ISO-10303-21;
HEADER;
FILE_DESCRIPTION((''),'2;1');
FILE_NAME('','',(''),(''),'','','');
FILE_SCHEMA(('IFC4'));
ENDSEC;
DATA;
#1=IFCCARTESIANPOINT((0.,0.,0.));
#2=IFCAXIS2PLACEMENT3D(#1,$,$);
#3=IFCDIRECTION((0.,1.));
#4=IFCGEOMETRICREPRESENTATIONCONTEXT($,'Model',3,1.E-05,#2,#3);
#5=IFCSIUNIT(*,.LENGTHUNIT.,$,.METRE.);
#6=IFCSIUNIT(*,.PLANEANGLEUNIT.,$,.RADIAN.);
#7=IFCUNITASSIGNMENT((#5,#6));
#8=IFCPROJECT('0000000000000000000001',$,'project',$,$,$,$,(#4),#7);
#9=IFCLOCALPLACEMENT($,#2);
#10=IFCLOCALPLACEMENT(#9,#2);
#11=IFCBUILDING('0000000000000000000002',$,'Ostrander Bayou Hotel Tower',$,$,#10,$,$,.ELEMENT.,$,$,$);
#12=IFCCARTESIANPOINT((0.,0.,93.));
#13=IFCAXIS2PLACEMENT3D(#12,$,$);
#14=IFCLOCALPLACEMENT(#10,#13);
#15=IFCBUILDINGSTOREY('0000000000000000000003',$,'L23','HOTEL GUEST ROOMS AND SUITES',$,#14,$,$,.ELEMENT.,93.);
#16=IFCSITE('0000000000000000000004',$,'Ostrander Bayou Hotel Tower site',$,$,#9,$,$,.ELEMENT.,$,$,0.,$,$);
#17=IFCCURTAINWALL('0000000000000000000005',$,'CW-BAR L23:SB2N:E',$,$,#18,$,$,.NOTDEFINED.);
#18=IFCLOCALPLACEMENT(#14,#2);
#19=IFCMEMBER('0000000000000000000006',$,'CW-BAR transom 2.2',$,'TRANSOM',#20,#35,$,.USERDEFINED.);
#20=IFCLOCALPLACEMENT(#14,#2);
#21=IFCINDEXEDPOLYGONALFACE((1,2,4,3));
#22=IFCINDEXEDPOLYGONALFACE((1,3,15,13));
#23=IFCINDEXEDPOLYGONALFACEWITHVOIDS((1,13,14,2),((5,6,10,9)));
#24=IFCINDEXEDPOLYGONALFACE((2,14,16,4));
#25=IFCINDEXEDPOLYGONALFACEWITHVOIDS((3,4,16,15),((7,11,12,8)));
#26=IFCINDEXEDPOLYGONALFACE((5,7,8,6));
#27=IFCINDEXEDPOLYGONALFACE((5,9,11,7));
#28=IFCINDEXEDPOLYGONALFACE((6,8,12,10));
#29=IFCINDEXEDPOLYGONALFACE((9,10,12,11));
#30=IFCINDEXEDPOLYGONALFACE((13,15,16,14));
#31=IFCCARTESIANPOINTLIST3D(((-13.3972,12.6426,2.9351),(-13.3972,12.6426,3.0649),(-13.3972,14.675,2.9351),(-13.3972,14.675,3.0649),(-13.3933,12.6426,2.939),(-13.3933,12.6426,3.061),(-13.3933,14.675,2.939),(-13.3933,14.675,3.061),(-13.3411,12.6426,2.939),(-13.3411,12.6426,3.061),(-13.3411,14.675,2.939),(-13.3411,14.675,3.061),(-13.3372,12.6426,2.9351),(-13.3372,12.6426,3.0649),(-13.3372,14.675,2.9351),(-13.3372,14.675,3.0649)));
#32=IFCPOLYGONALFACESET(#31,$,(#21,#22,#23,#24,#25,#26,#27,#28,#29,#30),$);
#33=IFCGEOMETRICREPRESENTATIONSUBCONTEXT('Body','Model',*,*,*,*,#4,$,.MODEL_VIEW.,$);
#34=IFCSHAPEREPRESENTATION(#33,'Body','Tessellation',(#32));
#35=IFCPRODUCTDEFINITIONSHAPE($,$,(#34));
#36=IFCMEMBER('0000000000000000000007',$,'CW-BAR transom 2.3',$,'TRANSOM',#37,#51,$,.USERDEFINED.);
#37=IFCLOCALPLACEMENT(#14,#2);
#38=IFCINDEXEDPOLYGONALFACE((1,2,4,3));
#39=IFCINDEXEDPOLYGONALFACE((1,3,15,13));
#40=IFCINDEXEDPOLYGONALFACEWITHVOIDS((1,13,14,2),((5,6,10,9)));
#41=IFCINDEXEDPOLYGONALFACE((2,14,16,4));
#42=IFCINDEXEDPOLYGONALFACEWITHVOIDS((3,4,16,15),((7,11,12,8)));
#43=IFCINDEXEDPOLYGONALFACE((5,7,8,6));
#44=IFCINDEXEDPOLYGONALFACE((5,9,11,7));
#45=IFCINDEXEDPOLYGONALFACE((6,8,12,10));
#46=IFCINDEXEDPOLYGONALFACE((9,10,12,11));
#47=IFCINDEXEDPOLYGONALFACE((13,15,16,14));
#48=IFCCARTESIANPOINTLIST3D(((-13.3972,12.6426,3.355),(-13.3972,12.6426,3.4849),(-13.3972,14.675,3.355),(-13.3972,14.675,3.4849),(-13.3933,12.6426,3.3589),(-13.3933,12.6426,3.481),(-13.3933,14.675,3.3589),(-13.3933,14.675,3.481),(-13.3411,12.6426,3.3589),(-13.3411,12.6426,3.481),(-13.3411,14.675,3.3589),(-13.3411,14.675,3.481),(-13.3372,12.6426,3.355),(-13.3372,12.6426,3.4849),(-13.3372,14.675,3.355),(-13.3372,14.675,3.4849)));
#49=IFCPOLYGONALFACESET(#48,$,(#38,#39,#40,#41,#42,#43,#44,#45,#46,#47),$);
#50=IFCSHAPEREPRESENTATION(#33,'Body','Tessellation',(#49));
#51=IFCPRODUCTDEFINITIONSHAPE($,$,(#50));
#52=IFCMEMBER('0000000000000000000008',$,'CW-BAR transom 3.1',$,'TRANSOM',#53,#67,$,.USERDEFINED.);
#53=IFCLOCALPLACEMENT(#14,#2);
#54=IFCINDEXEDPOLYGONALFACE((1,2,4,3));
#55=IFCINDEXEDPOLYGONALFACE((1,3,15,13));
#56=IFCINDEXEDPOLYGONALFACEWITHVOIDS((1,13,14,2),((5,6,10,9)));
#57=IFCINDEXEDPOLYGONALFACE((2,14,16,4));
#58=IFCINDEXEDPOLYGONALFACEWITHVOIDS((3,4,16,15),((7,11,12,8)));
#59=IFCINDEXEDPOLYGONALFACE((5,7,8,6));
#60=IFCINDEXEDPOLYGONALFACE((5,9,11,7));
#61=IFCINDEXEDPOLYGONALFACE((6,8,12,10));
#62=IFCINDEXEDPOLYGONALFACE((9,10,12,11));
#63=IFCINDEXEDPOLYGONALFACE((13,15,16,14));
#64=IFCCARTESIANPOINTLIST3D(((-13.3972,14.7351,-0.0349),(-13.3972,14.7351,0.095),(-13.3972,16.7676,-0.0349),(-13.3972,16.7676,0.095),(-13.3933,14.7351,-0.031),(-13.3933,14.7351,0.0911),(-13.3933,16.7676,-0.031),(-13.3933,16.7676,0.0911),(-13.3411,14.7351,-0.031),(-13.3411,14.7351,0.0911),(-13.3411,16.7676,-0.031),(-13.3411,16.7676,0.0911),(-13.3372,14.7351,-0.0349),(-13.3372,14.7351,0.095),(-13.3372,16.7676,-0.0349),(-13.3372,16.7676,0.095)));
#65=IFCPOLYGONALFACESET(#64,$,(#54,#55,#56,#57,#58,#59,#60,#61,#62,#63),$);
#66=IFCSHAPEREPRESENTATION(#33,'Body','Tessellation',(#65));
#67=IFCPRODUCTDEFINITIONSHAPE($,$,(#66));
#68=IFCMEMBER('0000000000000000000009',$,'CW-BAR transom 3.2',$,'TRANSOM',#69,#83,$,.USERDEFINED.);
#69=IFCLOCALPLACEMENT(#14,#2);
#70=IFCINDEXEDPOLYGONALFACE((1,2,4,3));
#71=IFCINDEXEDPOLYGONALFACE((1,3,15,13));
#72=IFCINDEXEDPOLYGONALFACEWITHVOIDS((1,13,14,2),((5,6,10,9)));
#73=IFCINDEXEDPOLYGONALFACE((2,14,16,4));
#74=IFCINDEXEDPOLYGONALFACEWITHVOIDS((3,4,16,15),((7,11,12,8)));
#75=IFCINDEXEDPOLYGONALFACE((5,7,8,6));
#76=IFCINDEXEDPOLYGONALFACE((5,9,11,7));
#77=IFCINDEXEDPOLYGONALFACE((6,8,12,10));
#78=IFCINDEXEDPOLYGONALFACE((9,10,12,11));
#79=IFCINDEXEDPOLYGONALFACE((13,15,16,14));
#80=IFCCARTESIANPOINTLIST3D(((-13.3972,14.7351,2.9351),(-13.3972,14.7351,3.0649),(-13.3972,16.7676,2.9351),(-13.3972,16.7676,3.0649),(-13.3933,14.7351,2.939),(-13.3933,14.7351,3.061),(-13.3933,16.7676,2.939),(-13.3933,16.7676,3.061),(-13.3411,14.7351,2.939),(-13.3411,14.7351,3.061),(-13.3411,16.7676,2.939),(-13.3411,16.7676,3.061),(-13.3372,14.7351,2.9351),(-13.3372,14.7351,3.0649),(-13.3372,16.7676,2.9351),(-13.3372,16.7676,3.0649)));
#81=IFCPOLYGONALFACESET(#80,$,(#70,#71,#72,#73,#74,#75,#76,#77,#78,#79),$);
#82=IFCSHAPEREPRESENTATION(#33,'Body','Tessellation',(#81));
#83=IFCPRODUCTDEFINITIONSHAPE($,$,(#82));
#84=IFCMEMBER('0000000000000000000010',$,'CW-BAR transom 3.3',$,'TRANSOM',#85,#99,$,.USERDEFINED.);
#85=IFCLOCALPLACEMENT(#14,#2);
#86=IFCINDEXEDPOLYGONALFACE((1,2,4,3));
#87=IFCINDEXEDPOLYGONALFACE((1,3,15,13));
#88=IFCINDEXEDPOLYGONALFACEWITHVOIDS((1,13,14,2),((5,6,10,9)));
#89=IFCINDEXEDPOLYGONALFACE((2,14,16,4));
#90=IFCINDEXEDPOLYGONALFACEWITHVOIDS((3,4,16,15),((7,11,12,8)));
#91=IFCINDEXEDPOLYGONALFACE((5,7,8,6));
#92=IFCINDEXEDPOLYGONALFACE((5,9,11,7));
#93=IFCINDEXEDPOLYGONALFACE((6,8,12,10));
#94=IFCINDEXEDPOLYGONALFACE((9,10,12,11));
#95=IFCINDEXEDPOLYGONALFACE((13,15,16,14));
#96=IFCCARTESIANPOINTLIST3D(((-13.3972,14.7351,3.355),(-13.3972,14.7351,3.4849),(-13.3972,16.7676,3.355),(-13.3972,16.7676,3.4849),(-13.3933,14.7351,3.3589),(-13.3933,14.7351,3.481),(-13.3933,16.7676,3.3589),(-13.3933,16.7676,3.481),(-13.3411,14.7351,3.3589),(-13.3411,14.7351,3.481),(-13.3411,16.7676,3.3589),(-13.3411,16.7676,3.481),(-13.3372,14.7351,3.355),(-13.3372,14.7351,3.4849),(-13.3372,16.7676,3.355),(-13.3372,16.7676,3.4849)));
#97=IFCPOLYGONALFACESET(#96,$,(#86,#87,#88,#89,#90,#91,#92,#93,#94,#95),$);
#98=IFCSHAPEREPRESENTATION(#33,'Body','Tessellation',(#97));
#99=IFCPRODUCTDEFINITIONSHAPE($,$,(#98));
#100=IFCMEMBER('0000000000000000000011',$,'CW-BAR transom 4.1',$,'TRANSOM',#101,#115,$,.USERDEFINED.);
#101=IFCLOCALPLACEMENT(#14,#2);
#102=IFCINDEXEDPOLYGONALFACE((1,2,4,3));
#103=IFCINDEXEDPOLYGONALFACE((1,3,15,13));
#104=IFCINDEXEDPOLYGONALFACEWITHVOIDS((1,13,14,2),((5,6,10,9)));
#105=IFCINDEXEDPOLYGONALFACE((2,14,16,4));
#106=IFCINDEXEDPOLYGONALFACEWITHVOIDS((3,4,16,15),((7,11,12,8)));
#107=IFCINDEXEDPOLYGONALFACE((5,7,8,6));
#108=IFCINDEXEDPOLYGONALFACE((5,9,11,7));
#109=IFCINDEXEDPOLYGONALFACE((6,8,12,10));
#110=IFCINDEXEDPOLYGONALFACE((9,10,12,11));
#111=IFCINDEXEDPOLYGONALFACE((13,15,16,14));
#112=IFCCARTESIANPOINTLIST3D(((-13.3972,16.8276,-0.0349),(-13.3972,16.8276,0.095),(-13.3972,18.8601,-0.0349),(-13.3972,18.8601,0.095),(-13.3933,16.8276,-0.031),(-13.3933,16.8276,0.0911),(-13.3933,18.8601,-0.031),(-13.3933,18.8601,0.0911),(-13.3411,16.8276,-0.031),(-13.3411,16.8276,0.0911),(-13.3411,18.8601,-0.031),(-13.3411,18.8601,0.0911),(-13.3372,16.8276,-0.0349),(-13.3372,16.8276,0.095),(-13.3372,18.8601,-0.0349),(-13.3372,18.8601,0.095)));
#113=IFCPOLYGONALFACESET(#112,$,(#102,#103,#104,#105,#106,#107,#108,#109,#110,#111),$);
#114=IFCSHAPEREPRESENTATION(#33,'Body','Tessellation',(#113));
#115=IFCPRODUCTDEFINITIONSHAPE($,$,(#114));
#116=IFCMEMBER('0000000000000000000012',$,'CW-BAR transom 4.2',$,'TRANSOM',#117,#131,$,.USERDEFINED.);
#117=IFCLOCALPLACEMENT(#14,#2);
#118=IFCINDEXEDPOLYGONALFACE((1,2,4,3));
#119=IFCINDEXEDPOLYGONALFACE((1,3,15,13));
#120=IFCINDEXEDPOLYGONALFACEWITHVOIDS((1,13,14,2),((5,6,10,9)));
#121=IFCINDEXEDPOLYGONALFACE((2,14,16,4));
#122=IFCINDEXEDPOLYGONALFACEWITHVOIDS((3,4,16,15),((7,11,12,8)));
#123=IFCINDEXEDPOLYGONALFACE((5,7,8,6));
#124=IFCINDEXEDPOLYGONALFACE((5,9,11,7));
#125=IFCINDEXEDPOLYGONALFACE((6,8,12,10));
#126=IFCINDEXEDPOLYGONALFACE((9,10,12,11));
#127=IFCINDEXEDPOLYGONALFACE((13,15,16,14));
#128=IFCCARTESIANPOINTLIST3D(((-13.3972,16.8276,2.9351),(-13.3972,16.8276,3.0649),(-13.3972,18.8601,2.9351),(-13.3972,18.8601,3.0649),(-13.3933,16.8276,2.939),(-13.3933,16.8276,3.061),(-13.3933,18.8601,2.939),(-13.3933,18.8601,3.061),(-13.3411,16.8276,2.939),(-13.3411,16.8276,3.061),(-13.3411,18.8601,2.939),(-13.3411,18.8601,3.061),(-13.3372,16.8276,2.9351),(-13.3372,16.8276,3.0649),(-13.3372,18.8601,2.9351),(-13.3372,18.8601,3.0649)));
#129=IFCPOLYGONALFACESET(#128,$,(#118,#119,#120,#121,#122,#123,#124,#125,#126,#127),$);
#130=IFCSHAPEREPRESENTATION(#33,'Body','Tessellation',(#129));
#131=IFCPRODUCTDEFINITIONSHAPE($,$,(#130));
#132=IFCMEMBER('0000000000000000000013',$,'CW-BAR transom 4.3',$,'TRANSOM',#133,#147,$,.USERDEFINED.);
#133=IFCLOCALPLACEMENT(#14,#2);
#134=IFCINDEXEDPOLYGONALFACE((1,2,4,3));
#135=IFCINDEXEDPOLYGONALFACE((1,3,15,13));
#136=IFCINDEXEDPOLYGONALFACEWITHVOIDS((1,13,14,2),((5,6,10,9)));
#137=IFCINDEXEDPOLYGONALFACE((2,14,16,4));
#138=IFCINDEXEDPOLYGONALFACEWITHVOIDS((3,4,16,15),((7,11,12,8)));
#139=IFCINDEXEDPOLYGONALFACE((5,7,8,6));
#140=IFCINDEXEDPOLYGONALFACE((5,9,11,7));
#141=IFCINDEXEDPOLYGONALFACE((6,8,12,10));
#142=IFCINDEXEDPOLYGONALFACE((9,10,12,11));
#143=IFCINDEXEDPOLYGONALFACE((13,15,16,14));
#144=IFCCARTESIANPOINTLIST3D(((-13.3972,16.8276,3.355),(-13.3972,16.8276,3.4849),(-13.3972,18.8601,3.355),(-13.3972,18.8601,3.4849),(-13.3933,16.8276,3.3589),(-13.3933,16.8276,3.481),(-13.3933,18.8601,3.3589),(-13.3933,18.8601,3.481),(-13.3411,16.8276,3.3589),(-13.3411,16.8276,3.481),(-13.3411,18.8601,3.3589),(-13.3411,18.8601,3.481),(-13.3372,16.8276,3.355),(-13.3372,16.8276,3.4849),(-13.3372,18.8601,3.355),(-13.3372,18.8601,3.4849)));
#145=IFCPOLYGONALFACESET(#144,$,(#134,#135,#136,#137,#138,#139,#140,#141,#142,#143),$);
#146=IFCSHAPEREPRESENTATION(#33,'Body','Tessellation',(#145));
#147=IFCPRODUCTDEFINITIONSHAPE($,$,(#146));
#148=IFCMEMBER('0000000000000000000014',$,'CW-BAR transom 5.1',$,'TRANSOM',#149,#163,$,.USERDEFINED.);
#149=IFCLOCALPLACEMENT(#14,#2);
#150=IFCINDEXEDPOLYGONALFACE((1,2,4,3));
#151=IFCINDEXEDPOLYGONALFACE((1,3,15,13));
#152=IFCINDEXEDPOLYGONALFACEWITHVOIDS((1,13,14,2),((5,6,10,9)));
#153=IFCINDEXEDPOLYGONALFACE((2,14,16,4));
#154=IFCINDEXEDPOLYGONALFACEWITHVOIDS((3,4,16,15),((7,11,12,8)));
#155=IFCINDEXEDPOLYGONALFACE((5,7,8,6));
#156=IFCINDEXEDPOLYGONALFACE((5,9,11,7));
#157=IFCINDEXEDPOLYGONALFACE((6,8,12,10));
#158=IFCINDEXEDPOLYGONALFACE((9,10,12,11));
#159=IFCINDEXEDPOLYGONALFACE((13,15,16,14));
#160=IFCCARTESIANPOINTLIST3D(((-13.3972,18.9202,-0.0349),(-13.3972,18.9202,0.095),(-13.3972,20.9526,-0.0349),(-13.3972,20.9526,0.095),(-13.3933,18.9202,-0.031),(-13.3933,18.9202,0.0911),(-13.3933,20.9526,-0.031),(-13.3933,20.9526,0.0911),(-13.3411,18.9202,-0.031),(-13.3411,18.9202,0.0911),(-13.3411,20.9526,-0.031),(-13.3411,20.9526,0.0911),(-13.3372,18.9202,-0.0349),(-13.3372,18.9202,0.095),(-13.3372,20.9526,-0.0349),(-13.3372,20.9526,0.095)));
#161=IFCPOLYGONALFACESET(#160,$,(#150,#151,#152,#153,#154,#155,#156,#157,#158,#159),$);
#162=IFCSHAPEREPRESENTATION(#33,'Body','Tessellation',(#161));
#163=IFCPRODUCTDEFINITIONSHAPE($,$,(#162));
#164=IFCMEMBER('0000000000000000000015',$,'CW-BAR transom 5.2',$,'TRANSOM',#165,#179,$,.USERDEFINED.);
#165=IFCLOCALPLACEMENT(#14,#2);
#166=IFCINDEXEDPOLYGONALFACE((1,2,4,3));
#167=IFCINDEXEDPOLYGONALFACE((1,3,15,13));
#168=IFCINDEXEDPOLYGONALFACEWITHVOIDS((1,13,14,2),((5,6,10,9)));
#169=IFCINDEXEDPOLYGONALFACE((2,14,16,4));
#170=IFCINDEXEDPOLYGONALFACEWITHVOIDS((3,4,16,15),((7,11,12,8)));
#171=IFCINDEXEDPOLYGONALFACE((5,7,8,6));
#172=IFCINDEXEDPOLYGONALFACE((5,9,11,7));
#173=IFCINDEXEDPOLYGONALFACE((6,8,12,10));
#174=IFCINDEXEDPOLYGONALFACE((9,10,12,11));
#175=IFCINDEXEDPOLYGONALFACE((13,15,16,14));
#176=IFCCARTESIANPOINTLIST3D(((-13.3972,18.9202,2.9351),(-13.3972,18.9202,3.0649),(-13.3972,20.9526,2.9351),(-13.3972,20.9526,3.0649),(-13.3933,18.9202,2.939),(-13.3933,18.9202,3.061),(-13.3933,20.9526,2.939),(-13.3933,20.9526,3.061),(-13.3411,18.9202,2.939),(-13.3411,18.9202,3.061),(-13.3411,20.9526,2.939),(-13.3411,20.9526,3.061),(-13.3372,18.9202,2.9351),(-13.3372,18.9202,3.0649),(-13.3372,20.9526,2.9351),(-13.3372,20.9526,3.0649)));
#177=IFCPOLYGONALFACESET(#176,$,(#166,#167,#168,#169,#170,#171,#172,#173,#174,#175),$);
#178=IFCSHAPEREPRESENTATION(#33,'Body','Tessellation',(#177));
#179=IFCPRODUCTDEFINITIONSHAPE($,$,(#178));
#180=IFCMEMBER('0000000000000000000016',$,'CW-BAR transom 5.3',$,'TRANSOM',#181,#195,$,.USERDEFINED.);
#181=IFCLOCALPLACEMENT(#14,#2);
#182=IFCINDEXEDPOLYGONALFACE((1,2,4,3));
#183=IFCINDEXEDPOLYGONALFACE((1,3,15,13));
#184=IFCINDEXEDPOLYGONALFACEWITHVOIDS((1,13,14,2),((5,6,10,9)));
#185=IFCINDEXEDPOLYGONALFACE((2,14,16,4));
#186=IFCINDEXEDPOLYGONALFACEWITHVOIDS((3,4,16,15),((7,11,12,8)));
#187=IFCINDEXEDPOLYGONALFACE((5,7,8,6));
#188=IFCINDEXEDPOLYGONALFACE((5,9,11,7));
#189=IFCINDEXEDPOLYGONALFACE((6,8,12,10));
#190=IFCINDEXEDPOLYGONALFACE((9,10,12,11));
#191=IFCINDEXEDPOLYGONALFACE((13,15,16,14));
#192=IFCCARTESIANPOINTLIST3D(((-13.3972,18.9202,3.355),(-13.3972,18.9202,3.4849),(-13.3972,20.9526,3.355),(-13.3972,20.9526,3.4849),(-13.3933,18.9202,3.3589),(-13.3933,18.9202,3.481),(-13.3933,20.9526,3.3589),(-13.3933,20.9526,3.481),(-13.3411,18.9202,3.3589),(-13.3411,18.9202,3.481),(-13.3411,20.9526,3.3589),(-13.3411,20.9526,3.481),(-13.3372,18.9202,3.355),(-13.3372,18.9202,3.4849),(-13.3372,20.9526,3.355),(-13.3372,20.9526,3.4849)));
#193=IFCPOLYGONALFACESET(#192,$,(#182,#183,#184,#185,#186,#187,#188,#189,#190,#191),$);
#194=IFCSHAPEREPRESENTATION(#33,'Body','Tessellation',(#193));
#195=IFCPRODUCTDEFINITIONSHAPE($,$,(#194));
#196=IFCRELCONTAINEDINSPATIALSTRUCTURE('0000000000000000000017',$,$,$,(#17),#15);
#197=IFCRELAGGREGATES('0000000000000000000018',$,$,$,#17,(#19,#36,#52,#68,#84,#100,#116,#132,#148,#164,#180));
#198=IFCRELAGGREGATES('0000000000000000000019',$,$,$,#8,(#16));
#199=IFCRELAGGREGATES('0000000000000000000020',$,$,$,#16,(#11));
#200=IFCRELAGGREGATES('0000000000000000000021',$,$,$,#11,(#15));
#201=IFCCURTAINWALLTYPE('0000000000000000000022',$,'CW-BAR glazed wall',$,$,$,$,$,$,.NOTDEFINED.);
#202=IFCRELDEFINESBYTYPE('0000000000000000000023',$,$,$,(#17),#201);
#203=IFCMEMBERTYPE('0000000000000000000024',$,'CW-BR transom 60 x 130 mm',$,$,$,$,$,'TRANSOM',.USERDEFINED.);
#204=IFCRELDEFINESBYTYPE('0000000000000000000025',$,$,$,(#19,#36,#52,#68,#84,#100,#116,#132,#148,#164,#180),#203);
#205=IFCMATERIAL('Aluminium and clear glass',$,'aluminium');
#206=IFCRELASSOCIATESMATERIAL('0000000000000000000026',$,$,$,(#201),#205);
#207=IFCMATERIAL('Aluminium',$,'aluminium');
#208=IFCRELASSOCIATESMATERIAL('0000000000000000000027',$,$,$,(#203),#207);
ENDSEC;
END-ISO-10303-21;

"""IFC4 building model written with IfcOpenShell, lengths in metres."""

from ifc_helpers import new_model, si_unit, direction, frame, origin, origin_2d, place, context, subcontext, project, spatial, hollow_rectangle, extrude, material, material_profile, profile_set, type_object, element, aggregate, save


model = new_model("IFC4")

# Units and contexts
model_context = context("Model", 3, precision=1e-05, world=origin(), true_north=direction((0.0, 1.0)))
body_context = subcontext(model_context, "Body", "Model", "MODEL_VIEW")
ifc_project = project(units=[si_unit("LENGTHUNIT", "METRE"), si_unit("PLANEANGLEUNIT", "RADIAN")], contexts=[model_context])

# Site, building, storey
site_placement = place(None, origin())
site = spatial("IfcSite", under=ifc_project, at=site_placement, Name="Ostrander Bayou Hotel Tower site", CompositionType="ELEMENT", RefElevation=0.0)
building_placement = place(site_placement, origin())
building = spatial("IfcBuilding", under=site, at=building_placement, Name="Ostrander Bayou Hotel Tower", CompositionType="ELEMENT")
storey_placement = place(building_placement, frame((0.0, 0.0, 93.0)))
storey = spatial("IfcBuildingStorey", under=building, at=storey_placement, Name="L23", Description="HOTEL GUEST ROOMS AND SUITES", CompositionType="ELEMENT", Elevation=93.0)

# Curtain wall, members
ifc_material_1 = material(Name="Aluminium and clear glass", Category="aluminium")
curtain_wall_type = type_object("IfcCurtainWallType", Name="CW-BAR glazed wall", PredefinedType="NOTDEFINED", material=ifc_material_1)
curtain_wall_placement = place(storey_placement, origin())
curtain_wall = element("IfcCurtainWall", 1, at=curtain_wall_placement, inside=storey, type_object=curtain_wall_type, Name="CW-BAR L23:SB2N:E", PredefinedType="NOTDEFINED")
ifc_material_2 = material(Name="Aluminium", Category="aluminium")
ifc_material_profile = material_profile(ifc_material_2, hollow_rectangle(XDim=0.0601, YDim=0.1299, WallThickness=0.0039, at=origin_2d()))
ifc_profile_set = profile_set([ifc_material_profile], Name="Aluminium")
member_type = type_object("IfcMemberType", Name="CW-BR transom 60 x 130 mm", ElementType="TRANSOM", PredefinedType="USERDEFINED", material=ifc_profile_set)
member_1_placement = place(storey_placement, frame((-13.3672, 12.6426, 3.0), z_axis=(0.0, 1.0, 0.0), x_axis=(-1.0, 0.0, 0.0)))
member_1 = element("IfcMember", 2, at=member_1_placement, type_object=member_type, Name="CW-BAR transom 2.2", ObjectType="TRANSOM", PredefinedType="USERDEFINED", context=body_context, shape_type="SweptSolid", body=[
    extrude(hollow_rectangle(XDim=0.0601, YDim=0.1299, WallThickness=0.0039, at=origin_2d()), origin(), (0.0, 0.0, 1.0), 2.0325),
])
member_2_placement = place(storey_placement, frame((-13.3672, 12.6426, 3.4199), z_axis=(0.0, 1.0, 0.0), x_axis=(-1.0, 0.0, 0.0)))
member_2 = element("IfcMember", 3, at=member_2_placement, type_object=member_type, Name="CW-BAR transom 2.3", ObjectType="TRANSOM", PredefinedType="USERDEFINED", context=body_context, shape_type="SweptSolid", body=[
    extrude(hollow_rectangle(XDim=0.0601, YDim=0.1299, WallThickness=0.0039, at=origin_2d()), origin(), (0.0, 0.0, 1.0), 2.0325),
])
member_3_placement = place(storey_placement, frame((-13.3672, 14.7351, 0.03), z_axis=(0.0, 1.0, 0.0), x_axis=(-1.0, 0.0, 0.0)))
member_3 = element("IfcMember", 4, at=member_3_placement, type_object=member_type, Name="CW-BAR transom 3.1", ObjectType="TRANSOM", PredefinedType="USERDEFINED", context=body_context, shape_type="SweptSolid", body=[
    extrude(hollow_rectangle(XDim=0.0601, YDim=0.1299, WallThickness=0.0039, at=origin_2d()), origin(), (0.0, 0.0, 1.0), 2.0325),
])
member_4_placement = place(storey_placement, frame((-13.3672, 14.7351, 3.0), z_axis=(0.0, 1.0, 0.0), x_axis=(-1.0, 0.0, 0.0)))
member_4 = element("IfcMember", 5, at=member_4_placement, type_object=member_type, Name="CW-BAR transom 3.2", ObjectType="TRANSOM", PredefinedType="USERDEFINED", context=body_context, shape_type="SweptSolid", body=[
    extrude(hollow_rectangle(XDim=0.0601, YDim=0.1299, WallThickness=0.0039, at=origin_2d()), origin(), (0.0, 0.0, 1.0), 2.0325),
])
member_5_placement = place(storey_placement, frame((-13.3672, 14.7351, 3.4199), z_axis=(0.0, 1.0, 0.0), x_axis=(-1.0, 0.0, 0.0)))
member_5 = element("IfcMember", 6, at=member_5_placement, type_object=member_type, Name="CW-BAR transom 3.3", ObjectType="TRANSOM", PredefinedType="USERDEFINED", context=body_context, shape_type="SweptSolid", body=[
    extrude(hollow_rectangle(XDim=0.0601, YDim=0.1299, WallThickness=0.0039, at=origin_2d()), origin(), (0.0, 0.0, 1.0), 2.0325),
])
member_6_placement = place(storey_placement, frame((-13.3672, 16.8276, 0.03), z_axis=(0.0, 1.0, 0.0), x_axis=(-1.0, 0.0, 0.0)))
member_6 = element("IfcMember", 7, at=member_6_placement, type_object=member_type, Name="CW-BAR transom 4.1", ObjectType="TRANSOM", PredefinedType="USERDEFINED", context=body_context, shape_type="SweptSolid", body=[
    extrude(hollow_rectangle(XDim=0.0601, YDim=0.1299, WallThickness=0.0039, at=origin_2d()), origin(), (0.0, 0.0, 1.0), 2.0325),
])
member_7_placement = place(storey_placement, frame((-13.3672, 16.8276, 3.0), z_axis=(0.0, 1.0, 0.0), x_axis=(-1.0, 0.0, 0.0)))
member_7 = element("IfcMember", 8, at=member_7_placement, type_object=member_type, Name="CW-BAR transom 4.2", ObjectType="TRANSOM", PredefinedType="USERDEFINED", context=body_context, shape_type="SweptSolid", body=[
    extrude(hollow_rectangle(XDim=0.0601, YDim=0.1299, WallThickness=0.0039, at=origin_2d()), origin(), (0.0, 0.0, 1.0), 2.0325),
])
member_8_placement = place(storey_placement, frame((-13.3672, 16.8276, 3.4199), z_axis=(0.0, 1.0, 0.0), x_axis=(-1.0, 0.0, 0.0)))
member_8 = element("IfcMember", 9, at=member_8_placement, type_object=member_type, Name="CW-BAR transom 4.3", ObjectType="TRANSOM", PredefinedType="USERDEFINED", context=body_context, shape_type="SweptSolid", body=[
    extrude(hollow_rectangle(XDim=0.0601, YDim=0.1299, WallThickness=0.0039, at=origin_2d()), origin(), (0.0, 0.0, 1.0), 2.0325),
])
member_9_placement = place(storey_placement, frame((-13.3672, 18.9202, 0.03), z_axis=(0.0, 1.0, 0.0), x_axis=(-1.0, 0.0, 0.0)))
member_9 = element("IfcMember", 10, at=member_9_placement, type_object=member_type, Name="CW-BAR transom 5.1", ObjectType="TRANSOM", PredefinedType="USERDEFINED", context=body_context, shape_type="SweptSolid", body=[
    extrude(hollow_rectangle(XDim=0.0601, YDim=0.1299, WallThickness=0.0039, at=origin_2d()), origin(), (0.0, 0.0, 1.0), 2.0325),
])
member_10_placement = place(storey_placement, frame((-13.3672, 18.9202, 3.0), z_axis=(0.0, 1.0, 0.0), x_axis=(-1.0, 0.0, 0.0)))
member_10 = element("IfcMember", 11, at=member_10_placement, type_object=member_type, Name="CW-BAR transom 5.2", ObjectType="TRANSOM", PredefinedType="USERDEFINED", context=body_context, shape_type="SweptSolid", body=[
    extrude(hollow_rectangle(XDim=0.0601, YDim=0.1299, WallThickness=0.0039, at=origin_2d()), origin(), (0.0, 0.0, 1.0), 2.0325),
])
member_11_placement = place(storey_placement, frame((-13.3672, 18.9202, 3.4199), z_axis=(0.0, 1.0, 0.0), x_axis=(-1.0, 0.0, 0.0)))
member_11 = element("IfcMember", 12, at=member_11_placement, type_object=member_type, Name="CW-BAR transom 5.3", ObjectType="TRANSOM", PredefinedType="USERDEFINED", context=body_context, shape_type="SweptSolid", body=[
    extrude(hollow_rectangle(XDim=0.0601, YDim=0.1299, WallThickness=0.0039, at=origin_2d()), origin(), (0.0, 0.0, 1.0), 2.0325),
])
aggregate(curtain_wall, [member_1, member_2, member_3, member_4, member_5, member_6, member_7, member_8, member_9, member_10, member_11])

save(model, "model.ifc")
